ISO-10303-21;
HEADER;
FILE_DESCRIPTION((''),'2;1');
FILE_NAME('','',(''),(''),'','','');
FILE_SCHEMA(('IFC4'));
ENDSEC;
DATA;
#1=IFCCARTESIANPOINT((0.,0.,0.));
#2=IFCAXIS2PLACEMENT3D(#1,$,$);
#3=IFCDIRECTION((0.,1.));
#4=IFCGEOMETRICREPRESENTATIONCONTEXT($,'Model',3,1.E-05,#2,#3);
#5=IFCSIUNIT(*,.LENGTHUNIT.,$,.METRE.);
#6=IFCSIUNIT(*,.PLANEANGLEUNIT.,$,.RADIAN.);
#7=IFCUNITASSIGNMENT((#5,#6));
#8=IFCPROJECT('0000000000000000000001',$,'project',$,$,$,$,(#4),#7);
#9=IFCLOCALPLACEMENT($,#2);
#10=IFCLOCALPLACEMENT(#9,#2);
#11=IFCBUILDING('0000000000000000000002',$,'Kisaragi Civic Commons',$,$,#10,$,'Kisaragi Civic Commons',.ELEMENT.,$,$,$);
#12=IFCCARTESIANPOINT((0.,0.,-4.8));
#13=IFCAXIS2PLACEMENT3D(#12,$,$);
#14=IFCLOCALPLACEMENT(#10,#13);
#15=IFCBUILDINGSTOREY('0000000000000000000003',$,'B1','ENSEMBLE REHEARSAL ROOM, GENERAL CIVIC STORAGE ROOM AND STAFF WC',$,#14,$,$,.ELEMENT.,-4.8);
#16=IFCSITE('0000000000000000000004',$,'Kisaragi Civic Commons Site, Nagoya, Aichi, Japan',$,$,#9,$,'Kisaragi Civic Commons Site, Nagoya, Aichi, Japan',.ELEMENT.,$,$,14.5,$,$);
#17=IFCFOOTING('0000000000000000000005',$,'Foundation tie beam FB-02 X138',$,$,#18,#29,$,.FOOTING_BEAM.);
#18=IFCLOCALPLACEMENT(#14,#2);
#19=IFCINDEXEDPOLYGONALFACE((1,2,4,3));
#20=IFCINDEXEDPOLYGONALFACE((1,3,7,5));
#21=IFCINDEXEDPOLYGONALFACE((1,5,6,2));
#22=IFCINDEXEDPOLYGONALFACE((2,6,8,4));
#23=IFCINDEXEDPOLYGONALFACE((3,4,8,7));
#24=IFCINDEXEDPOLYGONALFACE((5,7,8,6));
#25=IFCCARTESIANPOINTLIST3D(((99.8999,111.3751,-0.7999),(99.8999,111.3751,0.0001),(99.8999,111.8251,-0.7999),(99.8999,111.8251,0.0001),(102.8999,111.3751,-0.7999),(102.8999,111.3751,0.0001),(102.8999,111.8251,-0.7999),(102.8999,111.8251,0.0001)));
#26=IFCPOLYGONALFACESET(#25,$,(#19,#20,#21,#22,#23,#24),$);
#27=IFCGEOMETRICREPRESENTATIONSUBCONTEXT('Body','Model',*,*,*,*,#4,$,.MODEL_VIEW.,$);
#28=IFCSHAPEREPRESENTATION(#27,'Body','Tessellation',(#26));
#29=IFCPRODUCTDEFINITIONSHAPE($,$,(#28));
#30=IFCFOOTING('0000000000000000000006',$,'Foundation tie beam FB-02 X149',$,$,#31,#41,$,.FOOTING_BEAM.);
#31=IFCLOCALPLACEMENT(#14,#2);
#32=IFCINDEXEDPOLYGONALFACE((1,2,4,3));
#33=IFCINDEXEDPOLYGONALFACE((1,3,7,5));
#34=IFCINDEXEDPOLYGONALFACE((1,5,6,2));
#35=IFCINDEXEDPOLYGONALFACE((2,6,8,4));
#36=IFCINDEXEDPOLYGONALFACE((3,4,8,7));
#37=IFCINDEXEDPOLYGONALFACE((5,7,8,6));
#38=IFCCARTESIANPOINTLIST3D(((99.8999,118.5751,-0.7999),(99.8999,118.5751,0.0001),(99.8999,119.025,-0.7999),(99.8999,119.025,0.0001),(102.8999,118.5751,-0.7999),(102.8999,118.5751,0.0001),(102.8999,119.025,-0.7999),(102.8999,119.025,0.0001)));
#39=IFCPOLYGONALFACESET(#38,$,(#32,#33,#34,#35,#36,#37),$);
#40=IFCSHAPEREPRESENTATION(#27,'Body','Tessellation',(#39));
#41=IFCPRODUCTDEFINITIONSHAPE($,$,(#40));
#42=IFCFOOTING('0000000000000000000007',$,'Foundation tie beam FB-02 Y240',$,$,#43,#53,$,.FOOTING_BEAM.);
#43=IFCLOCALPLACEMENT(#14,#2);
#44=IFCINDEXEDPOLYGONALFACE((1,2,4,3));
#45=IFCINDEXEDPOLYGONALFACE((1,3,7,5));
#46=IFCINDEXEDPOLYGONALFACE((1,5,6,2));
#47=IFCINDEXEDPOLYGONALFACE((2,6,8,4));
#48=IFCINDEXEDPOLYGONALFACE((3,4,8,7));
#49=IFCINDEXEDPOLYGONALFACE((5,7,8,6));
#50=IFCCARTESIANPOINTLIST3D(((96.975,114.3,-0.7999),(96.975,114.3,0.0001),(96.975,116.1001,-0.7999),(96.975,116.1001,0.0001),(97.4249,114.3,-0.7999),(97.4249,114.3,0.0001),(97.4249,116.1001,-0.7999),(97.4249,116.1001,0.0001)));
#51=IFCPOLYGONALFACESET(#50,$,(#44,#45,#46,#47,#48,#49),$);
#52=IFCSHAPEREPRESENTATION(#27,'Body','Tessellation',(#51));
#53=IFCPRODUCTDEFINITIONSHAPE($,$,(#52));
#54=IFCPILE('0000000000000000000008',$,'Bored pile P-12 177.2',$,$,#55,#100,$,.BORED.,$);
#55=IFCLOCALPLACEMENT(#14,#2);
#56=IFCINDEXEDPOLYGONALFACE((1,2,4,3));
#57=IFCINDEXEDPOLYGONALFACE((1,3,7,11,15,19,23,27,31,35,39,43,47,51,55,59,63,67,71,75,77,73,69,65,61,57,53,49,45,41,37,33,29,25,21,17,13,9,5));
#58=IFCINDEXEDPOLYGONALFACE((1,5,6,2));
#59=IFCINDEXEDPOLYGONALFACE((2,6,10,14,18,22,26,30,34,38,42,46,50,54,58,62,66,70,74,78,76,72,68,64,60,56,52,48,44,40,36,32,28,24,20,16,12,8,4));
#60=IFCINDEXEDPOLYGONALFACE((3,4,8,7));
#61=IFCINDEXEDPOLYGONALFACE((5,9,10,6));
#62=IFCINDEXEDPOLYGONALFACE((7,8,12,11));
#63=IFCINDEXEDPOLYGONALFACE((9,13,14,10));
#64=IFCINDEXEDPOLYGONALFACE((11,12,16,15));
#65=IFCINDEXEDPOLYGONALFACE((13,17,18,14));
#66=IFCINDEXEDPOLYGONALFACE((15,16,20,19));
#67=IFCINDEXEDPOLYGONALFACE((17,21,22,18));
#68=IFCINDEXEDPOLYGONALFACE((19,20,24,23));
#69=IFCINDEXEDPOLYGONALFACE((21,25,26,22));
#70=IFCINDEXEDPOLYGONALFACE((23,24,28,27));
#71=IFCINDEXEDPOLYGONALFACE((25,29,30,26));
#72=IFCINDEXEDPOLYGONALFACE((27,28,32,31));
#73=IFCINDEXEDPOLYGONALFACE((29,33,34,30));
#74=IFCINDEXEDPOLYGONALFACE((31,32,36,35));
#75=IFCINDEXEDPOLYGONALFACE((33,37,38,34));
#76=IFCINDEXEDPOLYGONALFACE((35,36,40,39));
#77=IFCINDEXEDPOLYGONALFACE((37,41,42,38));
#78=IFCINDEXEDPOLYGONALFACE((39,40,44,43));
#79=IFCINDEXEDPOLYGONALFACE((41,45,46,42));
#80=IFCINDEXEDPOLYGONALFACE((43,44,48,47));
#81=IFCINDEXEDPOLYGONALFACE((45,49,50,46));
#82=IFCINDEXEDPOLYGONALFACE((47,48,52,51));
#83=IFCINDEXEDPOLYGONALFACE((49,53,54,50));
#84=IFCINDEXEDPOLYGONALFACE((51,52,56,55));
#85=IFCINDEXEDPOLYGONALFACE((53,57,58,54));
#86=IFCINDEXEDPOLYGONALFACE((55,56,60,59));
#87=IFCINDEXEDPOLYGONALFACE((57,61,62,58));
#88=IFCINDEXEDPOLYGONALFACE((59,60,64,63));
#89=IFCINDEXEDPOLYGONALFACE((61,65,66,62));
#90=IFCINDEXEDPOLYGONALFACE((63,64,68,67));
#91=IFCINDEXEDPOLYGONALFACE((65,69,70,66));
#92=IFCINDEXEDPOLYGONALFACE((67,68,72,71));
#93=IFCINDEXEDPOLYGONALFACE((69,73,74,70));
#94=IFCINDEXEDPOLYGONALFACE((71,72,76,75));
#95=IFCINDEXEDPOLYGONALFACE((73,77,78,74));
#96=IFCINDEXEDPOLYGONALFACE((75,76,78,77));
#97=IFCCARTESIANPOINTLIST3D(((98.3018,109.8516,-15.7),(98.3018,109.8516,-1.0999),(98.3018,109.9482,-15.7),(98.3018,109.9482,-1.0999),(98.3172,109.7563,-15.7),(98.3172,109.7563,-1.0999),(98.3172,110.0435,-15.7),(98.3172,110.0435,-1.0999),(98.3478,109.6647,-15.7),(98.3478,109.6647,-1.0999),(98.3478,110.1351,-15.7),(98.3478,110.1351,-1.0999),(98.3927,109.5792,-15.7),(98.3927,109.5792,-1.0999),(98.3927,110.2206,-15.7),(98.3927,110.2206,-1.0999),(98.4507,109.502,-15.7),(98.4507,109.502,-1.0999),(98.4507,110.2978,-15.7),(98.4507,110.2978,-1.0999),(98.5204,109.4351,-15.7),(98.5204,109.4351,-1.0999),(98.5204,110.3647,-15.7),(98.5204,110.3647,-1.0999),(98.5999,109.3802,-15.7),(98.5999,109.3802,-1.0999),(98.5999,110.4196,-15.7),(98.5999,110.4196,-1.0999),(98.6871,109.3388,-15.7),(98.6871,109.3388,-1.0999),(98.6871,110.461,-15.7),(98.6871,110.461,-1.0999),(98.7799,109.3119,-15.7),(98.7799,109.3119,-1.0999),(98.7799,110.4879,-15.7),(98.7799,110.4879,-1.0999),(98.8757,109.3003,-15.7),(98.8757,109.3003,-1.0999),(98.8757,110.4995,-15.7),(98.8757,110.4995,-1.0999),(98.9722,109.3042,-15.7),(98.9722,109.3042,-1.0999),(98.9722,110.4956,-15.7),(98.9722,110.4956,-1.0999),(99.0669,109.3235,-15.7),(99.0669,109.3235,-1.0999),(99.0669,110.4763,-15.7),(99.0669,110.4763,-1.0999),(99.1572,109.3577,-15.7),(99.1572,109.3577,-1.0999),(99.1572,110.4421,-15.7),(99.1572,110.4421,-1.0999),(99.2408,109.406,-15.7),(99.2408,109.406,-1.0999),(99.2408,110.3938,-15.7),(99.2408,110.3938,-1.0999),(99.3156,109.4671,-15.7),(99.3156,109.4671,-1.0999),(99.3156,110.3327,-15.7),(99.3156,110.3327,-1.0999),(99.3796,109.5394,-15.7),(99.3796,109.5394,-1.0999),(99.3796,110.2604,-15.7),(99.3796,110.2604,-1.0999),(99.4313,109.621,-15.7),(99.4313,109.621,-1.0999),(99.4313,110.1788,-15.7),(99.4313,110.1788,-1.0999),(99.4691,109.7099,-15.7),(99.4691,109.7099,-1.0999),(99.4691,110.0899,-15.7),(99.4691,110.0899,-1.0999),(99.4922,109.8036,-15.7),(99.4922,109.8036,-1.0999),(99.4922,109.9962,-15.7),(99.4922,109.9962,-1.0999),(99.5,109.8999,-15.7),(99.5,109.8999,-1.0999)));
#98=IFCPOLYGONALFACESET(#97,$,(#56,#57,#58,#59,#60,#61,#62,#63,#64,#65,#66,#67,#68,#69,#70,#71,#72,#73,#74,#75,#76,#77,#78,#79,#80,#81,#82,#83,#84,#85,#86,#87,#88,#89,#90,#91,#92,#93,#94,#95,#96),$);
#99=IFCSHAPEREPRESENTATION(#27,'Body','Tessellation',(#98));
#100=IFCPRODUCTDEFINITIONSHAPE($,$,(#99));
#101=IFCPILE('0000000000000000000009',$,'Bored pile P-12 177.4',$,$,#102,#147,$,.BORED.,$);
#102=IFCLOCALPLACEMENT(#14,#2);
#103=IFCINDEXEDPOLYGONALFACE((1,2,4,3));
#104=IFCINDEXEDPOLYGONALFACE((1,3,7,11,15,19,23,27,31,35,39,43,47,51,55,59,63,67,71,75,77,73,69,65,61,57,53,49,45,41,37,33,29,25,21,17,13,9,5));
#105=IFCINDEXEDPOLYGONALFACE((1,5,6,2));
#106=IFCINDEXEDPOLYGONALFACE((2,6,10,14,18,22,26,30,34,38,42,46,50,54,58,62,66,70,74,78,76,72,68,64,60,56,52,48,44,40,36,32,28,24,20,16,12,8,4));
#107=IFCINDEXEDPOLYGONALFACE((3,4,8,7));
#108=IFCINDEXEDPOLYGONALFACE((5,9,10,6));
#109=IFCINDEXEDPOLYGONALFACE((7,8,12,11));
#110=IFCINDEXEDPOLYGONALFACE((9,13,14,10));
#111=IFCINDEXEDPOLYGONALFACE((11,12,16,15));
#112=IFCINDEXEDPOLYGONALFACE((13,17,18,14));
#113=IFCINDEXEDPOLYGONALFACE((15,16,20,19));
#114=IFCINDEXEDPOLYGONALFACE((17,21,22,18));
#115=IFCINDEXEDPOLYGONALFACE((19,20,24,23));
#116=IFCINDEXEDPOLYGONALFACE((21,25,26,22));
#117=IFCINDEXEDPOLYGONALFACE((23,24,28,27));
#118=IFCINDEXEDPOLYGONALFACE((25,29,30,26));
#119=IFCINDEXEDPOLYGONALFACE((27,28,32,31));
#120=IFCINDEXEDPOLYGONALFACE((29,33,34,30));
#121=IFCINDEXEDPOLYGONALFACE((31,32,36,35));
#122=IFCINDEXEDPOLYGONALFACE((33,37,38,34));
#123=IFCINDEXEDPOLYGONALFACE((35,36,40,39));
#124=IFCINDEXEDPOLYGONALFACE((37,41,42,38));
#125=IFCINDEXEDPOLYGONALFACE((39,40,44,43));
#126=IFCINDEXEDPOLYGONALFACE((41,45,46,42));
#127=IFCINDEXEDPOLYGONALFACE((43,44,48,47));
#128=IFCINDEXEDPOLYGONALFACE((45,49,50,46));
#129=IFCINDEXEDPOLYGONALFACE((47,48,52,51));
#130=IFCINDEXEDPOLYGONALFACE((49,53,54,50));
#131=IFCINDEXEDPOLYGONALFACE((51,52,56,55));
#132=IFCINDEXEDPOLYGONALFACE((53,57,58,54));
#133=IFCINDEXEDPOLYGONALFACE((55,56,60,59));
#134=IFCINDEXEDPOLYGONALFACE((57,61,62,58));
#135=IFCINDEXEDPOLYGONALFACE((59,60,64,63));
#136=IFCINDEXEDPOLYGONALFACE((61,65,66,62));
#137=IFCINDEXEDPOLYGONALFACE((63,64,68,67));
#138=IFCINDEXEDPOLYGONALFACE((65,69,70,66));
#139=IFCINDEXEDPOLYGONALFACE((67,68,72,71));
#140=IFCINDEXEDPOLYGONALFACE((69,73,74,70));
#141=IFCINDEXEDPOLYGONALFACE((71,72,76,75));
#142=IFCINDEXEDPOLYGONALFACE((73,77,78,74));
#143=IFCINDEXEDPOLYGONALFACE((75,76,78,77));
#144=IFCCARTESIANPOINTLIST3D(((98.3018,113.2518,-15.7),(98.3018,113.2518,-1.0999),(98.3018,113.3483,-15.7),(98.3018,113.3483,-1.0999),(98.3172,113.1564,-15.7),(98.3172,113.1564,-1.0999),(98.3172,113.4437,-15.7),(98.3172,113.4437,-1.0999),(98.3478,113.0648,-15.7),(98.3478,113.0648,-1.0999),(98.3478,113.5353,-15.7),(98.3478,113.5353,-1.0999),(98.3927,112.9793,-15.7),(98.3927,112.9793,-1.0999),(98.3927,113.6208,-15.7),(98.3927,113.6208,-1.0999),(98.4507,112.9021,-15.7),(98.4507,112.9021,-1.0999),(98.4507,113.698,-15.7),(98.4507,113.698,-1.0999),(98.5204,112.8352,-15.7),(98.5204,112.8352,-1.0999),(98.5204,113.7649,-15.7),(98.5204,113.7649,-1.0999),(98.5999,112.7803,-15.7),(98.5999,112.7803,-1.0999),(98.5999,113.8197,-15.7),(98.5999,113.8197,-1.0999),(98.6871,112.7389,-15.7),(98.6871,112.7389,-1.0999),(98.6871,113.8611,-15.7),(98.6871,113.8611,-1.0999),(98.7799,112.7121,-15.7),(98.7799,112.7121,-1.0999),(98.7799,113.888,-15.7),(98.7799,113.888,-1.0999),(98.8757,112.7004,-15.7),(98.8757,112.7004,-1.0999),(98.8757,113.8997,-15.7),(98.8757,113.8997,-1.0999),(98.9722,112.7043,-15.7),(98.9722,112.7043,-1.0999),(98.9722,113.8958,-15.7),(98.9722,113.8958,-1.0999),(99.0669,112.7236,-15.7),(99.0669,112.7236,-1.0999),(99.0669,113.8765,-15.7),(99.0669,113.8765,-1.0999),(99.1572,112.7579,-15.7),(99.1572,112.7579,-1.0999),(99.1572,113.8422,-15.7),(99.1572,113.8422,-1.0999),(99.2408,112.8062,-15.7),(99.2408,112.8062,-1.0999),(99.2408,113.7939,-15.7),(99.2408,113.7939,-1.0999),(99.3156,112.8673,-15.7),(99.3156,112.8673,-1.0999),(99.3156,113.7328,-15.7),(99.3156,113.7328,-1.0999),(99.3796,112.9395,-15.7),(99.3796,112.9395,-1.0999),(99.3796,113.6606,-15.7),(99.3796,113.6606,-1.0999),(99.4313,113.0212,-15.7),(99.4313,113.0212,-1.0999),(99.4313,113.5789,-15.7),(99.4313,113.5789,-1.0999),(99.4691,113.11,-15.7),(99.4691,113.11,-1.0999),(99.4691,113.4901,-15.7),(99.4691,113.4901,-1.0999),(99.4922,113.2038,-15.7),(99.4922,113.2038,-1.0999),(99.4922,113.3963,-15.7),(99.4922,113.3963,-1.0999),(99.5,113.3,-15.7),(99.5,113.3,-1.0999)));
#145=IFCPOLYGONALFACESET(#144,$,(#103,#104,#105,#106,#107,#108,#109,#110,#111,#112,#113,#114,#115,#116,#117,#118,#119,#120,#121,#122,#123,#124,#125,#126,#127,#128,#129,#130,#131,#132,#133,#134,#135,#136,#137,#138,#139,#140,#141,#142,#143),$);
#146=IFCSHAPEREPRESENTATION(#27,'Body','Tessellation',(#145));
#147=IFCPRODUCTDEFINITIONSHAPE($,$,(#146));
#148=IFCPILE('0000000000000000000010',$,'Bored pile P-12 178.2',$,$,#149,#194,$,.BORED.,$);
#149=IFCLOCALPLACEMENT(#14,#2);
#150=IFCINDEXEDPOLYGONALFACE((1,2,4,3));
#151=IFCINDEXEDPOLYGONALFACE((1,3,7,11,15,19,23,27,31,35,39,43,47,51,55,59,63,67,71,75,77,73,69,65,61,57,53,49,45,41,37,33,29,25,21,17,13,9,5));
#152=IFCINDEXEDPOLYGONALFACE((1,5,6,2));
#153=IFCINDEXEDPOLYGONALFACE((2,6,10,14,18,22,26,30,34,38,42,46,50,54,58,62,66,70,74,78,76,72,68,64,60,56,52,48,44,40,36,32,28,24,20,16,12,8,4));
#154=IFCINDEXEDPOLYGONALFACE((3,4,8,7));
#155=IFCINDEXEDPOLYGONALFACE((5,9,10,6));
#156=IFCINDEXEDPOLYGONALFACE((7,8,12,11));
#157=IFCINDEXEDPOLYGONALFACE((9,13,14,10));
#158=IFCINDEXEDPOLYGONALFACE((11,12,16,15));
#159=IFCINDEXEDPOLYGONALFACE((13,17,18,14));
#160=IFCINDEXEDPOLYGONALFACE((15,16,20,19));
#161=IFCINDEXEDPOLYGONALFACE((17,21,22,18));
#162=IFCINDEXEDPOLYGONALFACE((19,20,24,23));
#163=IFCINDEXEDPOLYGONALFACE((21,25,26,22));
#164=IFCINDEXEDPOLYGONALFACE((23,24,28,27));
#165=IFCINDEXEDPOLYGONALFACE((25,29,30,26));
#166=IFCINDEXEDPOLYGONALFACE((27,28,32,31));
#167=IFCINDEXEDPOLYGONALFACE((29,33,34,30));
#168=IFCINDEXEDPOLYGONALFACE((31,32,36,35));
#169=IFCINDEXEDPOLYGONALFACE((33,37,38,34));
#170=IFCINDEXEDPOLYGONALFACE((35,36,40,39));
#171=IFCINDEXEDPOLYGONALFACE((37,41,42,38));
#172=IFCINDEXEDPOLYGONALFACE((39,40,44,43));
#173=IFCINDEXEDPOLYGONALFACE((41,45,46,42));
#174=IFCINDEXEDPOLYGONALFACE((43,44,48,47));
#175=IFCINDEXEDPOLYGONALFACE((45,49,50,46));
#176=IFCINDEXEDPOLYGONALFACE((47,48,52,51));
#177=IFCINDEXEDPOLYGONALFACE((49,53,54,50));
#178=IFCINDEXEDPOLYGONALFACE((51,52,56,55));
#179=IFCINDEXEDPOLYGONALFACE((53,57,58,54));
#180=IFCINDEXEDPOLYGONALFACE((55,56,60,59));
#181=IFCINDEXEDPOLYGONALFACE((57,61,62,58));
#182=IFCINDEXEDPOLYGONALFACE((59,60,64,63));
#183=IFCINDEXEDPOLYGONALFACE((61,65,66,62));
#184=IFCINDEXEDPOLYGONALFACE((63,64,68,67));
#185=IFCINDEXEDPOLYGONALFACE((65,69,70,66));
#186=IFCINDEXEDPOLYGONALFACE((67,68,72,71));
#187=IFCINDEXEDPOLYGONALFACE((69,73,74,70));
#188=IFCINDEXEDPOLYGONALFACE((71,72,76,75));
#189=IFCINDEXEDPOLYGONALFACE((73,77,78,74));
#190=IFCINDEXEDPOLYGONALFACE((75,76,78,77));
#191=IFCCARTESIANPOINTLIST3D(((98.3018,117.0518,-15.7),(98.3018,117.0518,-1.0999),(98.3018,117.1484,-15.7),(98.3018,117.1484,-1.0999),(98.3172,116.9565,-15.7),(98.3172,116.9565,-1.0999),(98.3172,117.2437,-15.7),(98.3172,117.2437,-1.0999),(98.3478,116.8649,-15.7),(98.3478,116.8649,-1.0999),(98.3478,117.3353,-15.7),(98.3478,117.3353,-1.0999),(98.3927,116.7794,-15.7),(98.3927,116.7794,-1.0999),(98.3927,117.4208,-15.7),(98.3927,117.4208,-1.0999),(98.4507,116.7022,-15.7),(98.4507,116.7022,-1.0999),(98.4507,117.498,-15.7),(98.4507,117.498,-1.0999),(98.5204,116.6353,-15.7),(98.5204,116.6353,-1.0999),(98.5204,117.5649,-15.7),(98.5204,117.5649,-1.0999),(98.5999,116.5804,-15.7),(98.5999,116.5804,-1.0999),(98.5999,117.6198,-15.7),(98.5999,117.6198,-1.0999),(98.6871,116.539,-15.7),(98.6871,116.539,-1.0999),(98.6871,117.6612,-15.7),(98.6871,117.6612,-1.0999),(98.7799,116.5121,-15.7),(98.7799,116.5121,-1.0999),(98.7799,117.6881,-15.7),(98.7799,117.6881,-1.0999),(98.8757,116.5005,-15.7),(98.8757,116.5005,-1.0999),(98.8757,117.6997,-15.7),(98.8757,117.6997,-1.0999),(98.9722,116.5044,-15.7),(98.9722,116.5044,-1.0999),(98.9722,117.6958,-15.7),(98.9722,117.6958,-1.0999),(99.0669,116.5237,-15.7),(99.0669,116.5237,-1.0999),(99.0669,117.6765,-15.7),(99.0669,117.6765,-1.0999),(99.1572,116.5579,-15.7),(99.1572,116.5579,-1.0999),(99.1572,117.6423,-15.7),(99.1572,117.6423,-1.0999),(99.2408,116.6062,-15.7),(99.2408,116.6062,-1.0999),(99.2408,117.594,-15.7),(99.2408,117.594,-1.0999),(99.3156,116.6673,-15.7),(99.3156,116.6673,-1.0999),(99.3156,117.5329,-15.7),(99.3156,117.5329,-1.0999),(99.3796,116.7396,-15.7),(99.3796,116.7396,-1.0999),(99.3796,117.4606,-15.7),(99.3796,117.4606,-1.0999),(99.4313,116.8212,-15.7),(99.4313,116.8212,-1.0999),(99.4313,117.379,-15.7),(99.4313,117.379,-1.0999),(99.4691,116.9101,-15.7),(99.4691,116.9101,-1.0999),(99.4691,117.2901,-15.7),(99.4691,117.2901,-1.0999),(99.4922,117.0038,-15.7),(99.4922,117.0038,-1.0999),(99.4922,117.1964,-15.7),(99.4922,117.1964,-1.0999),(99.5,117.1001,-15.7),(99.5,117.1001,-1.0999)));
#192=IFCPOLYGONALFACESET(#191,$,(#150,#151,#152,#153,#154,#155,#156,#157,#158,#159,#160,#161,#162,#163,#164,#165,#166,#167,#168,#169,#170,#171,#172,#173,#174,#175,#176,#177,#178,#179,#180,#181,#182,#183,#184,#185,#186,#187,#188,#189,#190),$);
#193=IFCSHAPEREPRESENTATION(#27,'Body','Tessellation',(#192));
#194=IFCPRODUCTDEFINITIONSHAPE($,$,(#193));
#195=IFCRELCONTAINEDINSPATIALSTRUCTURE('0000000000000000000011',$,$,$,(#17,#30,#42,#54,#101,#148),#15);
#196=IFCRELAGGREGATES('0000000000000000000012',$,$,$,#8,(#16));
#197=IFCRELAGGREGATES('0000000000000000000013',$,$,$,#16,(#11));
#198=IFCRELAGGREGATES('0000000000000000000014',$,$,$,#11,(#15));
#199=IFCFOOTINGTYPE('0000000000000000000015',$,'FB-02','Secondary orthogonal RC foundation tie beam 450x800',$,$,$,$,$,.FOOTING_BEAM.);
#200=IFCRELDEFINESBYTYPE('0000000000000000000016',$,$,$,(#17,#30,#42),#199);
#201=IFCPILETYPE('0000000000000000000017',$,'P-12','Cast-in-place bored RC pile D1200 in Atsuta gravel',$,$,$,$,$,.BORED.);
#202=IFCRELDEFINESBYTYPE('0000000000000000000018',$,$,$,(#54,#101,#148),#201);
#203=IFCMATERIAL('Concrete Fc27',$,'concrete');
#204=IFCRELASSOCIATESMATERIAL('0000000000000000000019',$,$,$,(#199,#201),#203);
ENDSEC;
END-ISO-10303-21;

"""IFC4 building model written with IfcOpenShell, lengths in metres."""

from ifc_helpers import new_model, si_unit, direction, frame, origin, origin_2d, place, context, subcontext, project, spatial, rectangle, circle, extrude, material, material_profile, profile_set, type_object, element, save


model = new_model("IFC4")

# Units and contexts
model_context = context("Model", 3, precision=1e-05, world=origin(), true_north=direction((0.0, 1.0)))
body_context = subcontext(model_context, "Body", "Model", "MODEL_VIEW")
ifc_project = project(units=[si_unit("LENGTHUNIT", "METRE"), si_unit("PLANEANGLEUNIT", "RADIAN")], contexts=[model_context])

# Site, building, storey
site_placement = place(None, origin())
site = spatial("IfcSite", under=ifc_project, at=site_placement, Name="Kisaragi Civic Commons Site, Nagoya, Aichi, Japan", LongName="Kisaragi Civic Commons Site, Nagoya, Aichi, Japan", CompositionType="ELEMENT", RefElevation=14.5)
building_placement = place(site_placement, origin())
building = spatial("IfcBuilding", under=site, at=building_placement, Name="Kisaragi Civic Commons", LongName="Kisaragi Civic Commons", CompositionType="ELEMENT")
storey_placement = place(building_placement, frame((0.0, 0.0, -4.8)))
storey = spatial("IfcBuildingStorey", under=building, at=storey_placement, Name="B1", Description="ENSEMBLE REHEARSAL ROOM, GENERAL CIVIC STORAGE ROOM AND STAFF WC", CompositionType="ELEMENT", Elevation=-4.8)

# Footings
ifc_material_1 = material(Name="Concrete Fc27", Category="concrete")
ifc_material_profile_1 = material_profile(ifc_material_1, rectangle(XDim=0.45, YDim=0.8, at=origin_2d()), Name="RC-450x800", Category="concrete")
ifc_profile_set_1 = profile_set([ifc_material_profile_1], Name="Concrete Fc27")
footing_type_1 = type_object("IfcFootingType", Name="FB-02", Description="Secondary orthogonal RC foundation tie beam 450x800", PredefinedType="FOOTING_BEAM", material=ifc_profile_set_1)
for number, where, z_axis, x_axis, name in (
    (1, (99.8999, 111.6001, -0.3999), (1.0, 0.0, 0.0), (0.0, 1.0, 0.0), "Foundation tie beam FB-02 X138"),
    (2, (99.8999, 118.8, -0.3999), (1.0, 0.0, 0.0), (0.0, 1.0, 0.0), "Foundation tie beam FB-02 X149"),
):
    element("IfcFooting", number, at=place(storey_placement, frame(where, z_axis=z_axis, x_axis=x_axis)), inside=storey, type_object=footing_type_1, Name=name, PredefinedType="FOOTING_BEAM", context=body_context, shape_type="SweptSolid", body=[
        extrude(rectangle(XDim=0.45, YDim=0.8, at=origin_2d()), origin(), (0.0, 0.0, 1.0), 3.0),
    ])
footing_placement = place(storey_placement, frame((97.2, 114.3, -0.3999), z_axis=(0.0, 1.0, 0.0), x_axis=(-1.0, 0.0, 0.0)))
element("IfcFooting", 3, at=footing_placement, inside=storey, type_object=footing_type_1, Name="Foundation tie beam FB-02 Y240", PredefinedType="FOOTING_BEAM", context=body_context, shape_type="SweptSolid", body=[
    extrude(rectangle(XDim=0.45, YDim=0.8, at=origin_2d()), origin(), (0.0, 0.0, 1.0), 1.8),
])

# Piles
ifc_material_profile_2 = material_profile(ifc_material_1, circle(Radius=0.6001, at=origin_2d()), Name="PILE-D1200", Category="concrete")
ifc_profile_set_2 = profile_set([ifc_material_profile_2], Name="Concrete Fc27")
pile_type = type_object("IfcPileType", Name="P-12", Description="Cast-in-place bored RC pile D1200 in Atsuta gravel", PredefinedType="BORED", material=ifc_profile_set_2)
for number, where, z_axis, x_axis, name in (
    (4, (98.8999, 109.8999, -1.0999), (0.0, 0.0, -1.0), (1.0, 0.0, 0.0), "Bored pile P-12 177.2"),
    (5, (98.8999, 113.3, -1.0999), (0.0, 0.0, -1.0), (1.0, 0.0, 0.0), "Bored pile P-12 177.4"),
    (6, (98.8999, 117.1001, -1.0999), (0.0, 0.0, -1.0), (1.0, 0.0, 0.0), "Bored pile P-12 178.2"),
):
    element("IfcPile", number, at=place(storey_placement, frame(where, z_axis=z_axis, x_axis=x_axis)), inside=storey, type_object=pile_type, Name=name, PredefinedType="BORED", context=body_context, shape_type="SweptSolid", body=[
        extrude(circle(Radius=0.6001, at=origin_2d()), origin(), (0.0, 0.0, 1.0), 14.6001),
    ])

save(model, "model.ifc")
